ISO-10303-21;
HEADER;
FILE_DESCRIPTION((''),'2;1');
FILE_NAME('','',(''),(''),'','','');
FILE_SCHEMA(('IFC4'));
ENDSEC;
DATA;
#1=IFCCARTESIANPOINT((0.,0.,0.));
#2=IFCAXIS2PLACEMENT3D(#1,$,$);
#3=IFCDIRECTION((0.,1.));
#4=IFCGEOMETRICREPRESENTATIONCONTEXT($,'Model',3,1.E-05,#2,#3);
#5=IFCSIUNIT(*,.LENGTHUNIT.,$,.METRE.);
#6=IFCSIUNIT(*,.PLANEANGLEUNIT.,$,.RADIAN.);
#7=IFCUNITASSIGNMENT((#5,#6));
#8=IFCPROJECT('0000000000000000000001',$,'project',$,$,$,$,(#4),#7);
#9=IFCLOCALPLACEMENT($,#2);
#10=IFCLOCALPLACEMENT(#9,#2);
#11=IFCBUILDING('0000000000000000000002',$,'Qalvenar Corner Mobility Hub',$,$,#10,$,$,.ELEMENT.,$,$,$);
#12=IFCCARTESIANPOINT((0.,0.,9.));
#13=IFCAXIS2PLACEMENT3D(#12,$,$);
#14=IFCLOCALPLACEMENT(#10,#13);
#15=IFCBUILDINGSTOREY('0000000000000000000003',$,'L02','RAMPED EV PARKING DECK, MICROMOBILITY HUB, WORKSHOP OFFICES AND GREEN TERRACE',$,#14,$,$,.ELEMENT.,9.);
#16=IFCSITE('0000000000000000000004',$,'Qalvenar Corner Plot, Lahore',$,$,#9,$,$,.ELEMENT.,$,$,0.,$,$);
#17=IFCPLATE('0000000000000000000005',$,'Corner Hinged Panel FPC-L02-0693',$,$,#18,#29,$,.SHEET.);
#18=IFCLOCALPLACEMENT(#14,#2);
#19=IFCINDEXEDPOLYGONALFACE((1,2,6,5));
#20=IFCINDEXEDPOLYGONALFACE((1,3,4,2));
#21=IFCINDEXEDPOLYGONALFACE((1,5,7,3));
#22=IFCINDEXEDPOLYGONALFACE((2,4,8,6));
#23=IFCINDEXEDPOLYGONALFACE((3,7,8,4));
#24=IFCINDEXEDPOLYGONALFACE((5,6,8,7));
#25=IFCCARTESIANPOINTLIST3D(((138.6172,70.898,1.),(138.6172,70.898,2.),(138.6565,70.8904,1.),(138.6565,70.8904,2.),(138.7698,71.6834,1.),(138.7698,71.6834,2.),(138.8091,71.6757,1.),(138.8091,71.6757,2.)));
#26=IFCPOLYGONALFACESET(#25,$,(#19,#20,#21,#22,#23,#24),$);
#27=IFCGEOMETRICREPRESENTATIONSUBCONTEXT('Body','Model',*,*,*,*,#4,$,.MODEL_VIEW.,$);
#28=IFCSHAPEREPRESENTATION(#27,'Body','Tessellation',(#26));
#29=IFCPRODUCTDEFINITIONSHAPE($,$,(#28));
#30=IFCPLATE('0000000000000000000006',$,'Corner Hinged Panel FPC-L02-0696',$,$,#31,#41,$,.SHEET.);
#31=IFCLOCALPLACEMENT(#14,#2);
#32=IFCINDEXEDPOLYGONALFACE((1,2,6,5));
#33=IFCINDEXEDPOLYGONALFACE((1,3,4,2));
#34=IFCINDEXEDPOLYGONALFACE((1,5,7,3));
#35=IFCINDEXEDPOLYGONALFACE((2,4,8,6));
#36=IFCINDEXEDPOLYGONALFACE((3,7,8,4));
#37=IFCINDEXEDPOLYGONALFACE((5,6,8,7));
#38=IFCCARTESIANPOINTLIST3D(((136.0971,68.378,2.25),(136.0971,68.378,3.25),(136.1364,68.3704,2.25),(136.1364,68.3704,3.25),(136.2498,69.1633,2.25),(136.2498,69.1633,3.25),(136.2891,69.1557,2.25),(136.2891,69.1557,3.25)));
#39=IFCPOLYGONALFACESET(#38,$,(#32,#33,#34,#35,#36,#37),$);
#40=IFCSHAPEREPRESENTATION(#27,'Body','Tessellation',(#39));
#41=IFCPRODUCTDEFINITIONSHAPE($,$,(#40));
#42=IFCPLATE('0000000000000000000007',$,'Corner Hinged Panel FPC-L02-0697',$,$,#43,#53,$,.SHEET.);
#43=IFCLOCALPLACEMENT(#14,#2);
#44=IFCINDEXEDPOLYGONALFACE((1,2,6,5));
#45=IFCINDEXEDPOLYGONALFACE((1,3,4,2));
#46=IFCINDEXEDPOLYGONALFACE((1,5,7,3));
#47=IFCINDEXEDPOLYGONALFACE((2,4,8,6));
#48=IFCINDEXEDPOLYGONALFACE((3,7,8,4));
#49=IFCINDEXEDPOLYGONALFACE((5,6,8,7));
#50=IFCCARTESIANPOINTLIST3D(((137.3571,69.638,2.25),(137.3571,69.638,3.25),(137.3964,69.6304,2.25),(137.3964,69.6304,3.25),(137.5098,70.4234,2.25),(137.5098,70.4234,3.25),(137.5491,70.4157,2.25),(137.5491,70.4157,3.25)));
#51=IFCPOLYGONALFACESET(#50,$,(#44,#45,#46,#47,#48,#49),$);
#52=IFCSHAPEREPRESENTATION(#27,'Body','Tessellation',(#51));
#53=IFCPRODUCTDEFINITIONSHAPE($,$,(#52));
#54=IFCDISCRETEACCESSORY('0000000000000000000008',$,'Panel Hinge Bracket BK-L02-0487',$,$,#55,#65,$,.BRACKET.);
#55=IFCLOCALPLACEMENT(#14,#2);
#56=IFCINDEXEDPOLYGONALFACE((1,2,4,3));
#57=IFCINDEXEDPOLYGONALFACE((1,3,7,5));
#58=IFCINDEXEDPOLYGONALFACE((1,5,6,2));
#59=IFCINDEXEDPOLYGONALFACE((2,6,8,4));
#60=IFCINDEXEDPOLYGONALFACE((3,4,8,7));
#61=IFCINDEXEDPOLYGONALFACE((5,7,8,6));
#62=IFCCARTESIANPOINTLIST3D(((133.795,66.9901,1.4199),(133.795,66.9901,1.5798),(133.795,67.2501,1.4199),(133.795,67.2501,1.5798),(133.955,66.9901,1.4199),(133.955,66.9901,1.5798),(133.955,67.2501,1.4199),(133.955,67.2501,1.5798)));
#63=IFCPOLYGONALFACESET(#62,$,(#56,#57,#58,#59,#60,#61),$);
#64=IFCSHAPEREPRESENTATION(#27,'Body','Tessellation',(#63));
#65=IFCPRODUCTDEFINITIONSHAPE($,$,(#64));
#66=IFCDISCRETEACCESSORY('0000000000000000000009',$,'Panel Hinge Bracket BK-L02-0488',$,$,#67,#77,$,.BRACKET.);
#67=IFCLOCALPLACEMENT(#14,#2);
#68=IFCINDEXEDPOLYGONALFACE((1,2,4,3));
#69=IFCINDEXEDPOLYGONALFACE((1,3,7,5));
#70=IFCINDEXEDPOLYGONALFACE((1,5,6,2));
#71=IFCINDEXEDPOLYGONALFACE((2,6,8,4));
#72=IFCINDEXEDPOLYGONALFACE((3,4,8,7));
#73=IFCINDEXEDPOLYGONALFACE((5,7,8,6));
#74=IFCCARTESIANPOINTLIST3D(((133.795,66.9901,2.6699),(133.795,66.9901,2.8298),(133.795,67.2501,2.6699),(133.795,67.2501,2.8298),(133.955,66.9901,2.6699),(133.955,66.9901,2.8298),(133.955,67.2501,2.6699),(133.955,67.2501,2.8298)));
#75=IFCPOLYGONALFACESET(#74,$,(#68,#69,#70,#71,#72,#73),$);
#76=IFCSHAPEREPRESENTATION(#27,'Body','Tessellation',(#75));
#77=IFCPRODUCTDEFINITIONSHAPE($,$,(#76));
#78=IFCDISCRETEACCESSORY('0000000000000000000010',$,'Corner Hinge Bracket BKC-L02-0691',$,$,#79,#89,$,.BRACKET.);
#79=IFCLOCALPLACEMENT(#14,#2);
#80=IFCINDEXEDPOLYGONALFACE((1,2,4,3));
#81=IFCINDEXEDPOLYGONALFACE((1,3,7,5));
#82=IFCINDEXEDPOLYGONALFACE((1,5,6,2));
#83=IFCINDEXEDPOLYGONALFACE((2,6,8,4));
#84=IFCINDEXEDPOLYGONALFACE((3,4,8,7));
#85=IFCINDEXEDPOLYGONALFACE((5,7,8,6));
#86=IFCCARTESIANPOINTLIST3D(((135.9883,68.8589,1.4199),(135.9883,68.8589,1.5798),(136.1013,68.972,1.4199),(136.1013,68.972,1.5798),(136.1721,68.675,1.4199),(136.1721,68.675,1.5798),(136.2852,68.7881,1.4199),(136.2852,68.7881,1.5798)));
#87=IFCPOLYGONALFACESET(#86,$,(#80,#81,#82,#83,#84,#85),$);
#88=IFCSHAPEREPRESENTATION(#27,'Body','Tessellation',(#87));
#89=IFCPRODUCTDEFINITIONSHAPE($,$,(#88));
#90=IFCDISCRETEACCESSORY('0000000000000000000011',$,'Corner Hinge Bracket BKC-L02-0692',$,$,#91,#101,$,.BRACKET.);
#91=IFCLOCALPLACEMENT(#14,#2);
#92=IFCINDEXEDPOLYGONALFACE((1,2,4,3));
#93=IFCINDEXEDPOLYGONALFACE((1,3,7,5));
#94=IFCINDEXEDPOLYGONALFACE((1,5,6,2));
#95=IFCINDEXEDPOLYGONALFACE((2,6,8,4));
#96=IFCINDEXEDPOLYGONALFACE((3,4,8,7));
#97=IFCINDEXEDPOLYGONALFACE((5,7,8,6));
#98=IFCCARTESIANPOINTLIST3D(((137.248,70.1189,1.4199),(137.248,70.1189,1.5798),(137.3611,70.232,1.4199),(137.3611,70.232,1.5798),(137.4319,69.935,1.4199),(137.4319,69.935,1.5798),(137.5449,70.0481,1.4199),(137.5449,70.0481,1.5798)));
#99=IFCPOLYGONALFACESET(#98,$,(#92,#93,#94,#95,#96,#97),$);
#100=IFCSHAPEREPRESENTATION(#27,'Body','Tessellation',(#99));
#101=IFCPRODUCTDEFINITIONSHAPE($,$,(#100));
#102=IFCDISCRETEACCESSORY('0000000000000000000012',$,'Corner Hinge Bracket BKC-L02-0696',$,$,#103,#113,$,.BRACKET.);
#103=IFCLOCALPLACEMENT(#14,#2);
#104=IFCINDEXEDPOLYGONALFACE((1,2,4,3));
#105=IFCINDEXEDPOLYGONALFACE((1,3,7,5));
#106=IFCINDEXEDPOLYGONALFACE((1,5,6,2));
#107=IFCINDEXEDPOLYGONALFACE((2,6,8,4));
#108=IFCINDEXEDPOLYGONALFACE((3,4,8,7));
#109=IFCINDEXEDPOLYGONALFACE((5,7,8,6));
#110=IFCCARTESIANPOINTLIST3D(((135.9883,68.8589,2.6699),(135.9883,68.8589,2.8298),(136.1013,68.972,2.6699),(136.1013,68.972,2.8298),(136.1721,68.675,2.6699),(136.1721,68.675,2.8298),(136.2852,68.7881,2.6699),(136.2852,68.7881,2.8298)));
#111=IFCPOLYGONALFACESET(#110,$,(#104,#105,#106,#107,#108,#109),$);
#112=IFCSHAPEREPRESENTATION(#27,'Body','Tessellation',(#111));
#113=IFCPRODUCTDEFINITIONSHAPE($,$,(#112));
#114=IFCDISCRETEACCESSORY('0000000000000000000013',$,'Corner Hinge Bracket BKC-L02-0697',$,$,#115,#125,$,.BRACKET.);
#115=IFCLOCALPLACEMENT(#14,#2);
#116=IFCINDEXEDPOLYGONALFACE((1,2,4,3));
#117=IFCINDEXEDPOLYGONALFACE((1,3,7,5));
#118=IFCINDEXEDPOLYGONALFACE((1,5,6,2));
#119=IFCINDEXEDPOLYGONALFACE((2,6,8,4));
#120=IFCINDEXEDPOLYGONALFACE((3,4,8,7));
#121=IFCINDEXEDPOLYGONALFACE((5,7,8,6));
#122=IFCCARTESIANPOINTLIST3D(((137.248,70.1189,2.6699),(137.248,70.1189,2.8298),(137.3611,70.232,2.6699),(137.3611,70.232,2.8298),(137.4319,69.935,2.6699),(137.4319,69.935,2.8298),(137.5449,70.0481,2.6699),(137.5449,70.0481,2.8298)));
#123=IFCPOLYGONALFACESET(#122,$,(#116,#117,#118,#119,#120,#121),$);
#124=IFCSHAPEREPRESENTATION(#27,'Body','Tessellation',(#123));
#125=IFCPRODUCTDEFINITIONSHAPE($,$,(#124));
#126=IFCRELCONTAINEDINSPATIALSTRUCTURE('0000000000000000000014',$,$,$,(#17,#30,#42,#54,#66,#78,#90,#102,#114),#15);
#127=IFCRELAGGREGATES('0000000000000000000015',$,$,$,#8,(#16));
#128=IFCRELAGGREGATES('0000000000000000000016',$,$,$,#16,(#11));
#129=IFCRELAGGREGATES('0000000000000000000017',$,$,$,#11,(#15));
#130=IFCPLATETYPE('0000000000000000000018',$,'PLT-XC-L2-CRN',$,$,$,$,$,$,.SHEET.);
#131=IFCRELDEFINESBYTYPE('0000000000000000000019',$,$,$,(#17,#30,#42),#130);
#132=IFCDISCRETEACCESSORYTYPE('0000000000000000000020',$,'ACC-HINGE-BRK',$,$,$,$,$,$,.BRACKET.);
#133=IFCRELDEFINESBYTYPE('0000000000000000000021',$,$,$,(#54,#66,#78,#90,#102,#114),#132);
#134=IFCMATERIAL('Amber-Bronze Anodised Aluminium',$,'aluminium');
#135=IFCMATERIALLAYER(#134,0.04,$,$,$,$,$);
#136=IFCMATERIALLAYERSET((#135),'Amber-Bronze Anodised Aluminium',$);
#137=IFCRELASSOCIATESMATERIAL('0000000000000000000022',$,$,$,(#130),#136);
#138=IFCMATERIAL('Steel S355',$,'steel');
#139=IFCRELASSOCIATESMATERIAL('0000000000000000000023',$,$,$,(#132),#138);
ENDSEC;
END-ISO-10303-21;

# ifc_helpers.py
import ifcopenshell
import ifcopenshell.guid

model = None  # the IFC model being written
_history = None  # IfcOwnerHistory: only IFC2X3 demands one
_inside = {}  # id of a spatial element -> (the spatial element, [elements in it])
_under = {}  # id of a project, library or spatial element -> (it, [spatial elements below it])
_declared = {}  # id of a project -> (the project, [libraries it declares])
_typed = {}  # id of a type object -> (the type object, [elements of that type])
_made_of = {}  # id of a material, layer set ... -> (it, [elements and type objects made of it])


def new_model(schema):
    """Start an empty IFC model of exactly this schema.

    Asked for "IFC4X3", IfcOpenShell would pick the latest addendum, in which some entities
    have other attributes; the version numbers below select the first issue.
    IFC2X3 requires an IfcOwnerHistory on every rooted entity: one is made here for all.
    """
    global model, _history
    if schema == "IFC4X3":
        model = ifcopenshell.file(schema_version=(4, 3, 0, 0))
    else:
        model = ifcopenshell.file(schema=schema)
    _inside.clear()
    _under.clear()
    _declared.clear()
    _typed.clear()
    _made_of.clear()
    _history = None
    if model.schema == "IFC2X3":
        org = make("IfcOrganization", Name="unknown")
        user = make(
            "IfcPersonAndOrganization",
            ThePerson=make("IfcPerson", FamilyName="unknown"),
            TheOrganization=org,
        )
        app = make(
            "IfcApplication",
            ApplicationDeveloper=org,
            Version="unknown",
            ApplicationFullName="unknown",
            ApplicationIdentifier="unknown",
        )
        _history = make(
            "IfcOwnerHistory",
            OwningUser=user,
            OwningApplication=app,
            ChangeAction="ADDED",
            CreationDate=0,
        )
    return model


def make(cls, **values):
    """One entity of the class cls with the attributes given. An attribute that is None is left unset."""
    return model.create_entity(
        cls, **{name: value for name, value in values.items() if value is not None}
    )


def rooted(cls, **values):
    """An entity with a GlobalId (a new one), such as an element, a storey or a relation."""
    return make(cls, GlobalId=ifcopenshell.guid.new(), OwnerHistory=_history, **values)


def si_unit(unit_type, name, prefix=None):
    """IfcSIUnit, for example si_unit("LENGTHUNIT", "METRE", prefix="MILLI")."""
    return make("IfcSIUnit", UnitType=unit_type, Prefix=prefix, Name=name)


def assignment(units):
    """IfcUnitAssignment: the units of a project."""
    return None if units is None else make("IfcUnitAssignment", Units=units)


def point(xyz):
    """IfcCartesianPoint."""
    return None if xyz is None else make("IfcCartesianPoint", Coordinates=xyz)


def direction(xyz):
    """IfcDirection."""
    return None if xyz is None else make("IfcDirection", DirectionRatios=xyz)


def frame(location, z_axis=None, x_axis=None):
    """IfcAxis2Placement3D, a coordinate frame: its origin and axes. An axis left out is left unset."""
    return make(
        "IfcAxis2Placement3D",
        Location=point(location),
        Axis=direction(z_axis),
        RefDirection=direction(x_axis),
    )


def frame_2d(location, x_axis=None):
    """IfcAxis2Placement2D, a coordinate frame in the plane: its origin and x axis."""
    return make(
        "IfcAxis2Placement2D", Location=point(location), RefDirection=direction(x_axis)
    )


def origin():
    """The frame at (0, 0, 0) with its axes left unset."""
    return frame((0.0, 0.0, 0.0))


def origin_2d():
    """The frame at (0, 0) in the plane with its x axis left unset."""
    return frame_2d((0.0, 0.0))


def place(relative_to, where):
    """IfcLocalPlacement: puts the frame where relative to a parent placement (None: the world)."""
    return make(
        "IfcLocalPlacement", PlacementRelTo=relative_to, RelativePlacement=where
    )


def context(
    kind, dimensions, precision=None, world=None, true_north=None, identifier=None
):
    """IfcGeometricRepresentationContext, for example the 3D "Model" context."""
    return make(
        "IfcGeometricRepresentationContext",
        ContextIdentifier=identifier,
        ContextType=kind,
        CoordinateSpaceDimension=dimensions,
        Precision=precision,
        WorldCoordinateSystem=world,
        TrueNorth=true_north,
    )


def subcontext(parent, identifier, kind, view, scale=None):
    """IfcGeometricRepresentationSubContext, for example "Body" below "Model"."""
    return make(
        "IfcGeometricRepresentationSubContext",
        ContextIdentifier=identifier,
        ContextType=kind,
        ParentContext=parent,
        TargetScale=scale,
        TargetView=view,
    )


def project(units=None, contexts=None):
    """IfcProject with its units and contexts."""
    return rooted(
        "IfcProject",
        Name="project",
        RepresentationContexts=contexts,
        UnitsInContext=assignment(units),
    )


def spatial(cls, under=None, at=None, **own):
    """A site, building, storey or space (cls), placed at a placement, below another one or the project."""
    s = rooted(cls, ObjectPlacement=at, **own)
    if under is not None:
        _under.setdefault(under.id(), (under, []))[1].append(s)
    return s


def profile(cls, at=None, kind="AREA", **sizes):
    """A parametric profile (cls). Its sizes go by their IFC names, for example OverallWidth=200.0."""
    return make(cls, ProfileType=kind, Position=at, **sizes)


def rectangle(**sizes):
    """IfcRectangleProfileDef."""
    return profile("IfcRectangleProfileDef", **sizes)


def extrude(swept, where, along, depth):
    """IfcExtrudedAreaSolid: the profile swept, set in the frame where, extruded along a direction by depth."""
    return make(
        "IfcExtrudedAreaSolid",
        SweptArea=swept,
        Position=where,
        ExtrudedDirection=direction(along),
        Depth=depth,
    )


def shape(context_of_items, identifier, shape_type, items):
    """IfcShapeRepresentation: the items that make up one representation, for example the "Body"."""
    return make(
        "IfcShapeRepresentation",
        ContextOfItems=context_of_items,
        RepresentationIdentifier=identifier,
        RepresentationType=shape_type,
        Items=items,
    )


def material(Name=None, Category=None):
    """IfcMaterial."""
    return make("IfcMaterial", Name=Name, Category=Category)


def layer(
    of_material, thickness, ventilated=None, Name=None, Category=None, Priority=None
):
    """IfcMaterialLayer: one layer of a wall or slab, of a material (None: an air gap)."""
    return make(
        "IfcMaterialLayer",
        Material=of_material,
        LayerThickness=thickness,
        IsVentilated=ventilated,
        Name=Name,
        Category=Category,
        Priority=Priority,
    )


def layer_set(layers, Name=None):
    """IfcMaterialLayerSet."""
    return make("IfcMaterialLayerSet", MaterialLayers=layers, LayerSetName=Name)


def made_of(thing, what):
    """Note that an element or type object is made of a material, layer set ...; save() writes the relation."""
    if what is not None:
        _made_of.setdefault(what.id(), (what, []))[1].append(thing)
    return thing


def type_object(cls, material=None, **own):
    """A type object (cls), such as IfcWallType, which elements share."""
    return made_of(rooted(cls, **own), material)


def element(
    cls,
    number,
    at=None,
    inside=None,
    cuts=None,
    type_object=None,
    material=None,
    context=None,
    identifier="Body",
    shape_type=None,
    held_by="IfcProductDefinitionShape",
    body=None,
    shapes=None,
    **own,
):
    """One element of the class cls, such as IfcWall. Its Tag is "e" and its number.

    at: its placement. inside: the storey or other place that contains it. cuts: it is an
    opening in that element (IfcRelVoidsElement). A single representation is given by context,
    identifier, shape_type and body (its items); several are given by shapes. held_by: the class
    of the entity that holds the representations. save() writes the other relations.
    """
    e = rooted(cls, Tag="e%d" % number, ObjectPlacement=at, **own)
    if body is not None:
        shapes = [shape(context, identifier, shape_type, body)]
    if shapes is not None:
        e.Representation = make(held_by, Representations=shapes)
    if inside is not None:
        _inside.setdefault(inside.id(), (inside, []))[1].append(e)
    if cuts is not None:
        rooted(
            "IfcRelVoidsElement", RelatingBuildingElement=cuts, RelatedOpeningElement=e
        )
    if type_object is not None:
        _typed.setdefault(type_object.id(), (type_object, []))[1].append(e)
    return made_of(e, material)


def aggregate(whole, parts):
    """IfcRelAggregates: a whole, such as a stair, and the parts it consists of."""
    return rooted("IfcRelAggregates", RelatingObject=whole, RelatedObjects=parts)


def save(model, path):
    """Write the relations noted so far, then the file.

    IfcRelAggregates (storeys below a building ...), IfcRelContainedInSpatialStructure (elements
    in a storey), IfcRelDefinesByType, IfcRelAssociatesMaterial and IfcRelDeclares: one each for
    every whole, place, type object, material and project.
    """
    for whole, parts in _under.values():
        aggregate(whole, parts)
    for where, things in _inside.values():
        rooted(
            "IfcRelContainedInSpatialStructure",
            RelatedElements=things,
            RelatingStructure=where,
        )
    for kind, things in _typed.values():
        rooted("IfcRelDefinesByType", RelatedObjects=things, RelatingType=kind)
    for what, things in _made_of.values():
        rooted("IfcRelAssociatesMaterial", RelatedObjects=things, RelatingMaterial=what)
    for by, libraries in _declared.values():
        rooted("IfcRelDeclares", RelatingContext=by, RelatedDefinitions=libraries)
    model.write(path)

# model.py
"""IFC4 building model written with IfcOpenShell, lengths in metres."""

from ifc_helpers import new_model, si_unit, direction, frame, origin, origin_2d, place, context, subcontext, project, spatial, rectangle, extrude, material, layer, layer_set, type_object, element, save


model = new_model("IFC4")

# Units and contexts
model_context = context("Model", 3, precision=1e-05, world=origin(), true_north=direction((0.0, 1.0)))
body_context = subcontext(model_context, "Body", "Model", "MODEL_VIEW")
ifc_project = project(units=[si_unit("LENGTHUNIT", "METRE"), si_unit("PLANEANGLEUNIT", "RADIAN")], contexts=[model_context])

# Site, building, storey
site_placement = place(None, origin())
site = spatial("IfcSite", under=ifc_project, at=site_placement, Name="Qalvenar Corner Plot, Lahore", CompositionType="ELEMENT", RefElevation=0.0)
building_placement = place(site_placement, origin())
building = spatial("IfcBuilding", under=site, at=building_placement, Name="Qalvenar Corner Mobility Hub", CompositionType="ELEMENT")
storey_placement = place(building_placement, frame((0.0, 0.0, 9.0)))
storey = spatial("IfcBuildingStorey", under=building, at=storey_placement, Name="L02", Description="RAMPED EV PARKING DECK, MICROMOBILITY HUB, WORKSHOP OFFICES AND GREEN TERRACE", CompositionType="ELEMENT", Elevation=9.0)

# Shared definitions
ifc_material_1 = material(Name="Steel S355", Category="steel")

# Plates
ifc_material_2 = material(Name="Amber-Bronze Anodised Aluminium", Category="aluminium")
ifc_layer_1 = layer(ifc_material_2, 0.04)
ifc_layer_set_1 = layer_set([ifc_layer_1], Name="Amber-Bronze Anodised Aluminium")
plate_type_1 = type_object("IfcPlateType", Name="PLT-XC-L2-CRN", PredefinedType="SHEET", material=ifc_layer_set_1)
for number, where, z_axis, x_axis, name in (
    (1, (138.7131, 71.2869, 1.0), (0.0, 0.0, 1.0), (0.190809, 0.981627, 0.0), "Corner Hinged Panel FPC-L02-0693"),
    (2, (136.1931, 68.7668, 2.25), (0.0, 0.0, 1.0), (0.190809, 0.981627, 0.0), "Corner Hinged Panel FPC-L02-0696"),
    (3, (137.4531, 70.0269, 2.25), (0.0, 0.0, 1.0), (0.190809, 0.981627, 0.0), "Corner Hinged Panel FPC-L02-0697"),
):
    element("IfcPlate", number, at=place(storey_placement, frame(where, z_axis=z_axis, x_axis=x_axis)), inside=storey, type_object=plate_type_1, Name=name, PredefinedType="SHEET", context=body_context, shape_type="SweptSolid", body=[
        extrude(rectangle(XDim=0.8, YDim=0.04, at=origin_2d()), origin(), (0.0, 0.0, 1.0), 1.0),
    ])

# Discrete accessories
discrete_accessory_type = type_object("IfcDiscreteAccessoryType", Name="ACC-HINGE-BRK", PredefinedType="BRACKET", material=ifc_material_1)
for number, where, z_axis, x_axis, name in (
    (4, (133.875, 67.1201, 1.4199), (0.0, 0.0, 1.0), (1.0, 0.0, 0.0), "Panel Hinge Bracket BK-L02-0487"),
    (5, (133.875, 67.1201, 2.6699), (0.0, 0.0, 1.0), (1.0, 0.0, 0.0), "Panel Hinge Bracket BK-L02-0488"),
    (6, (136.1367, 68.8235, 1.4199), (0.0, 0.0, 1.0), (0.707107, 0.707107, 0.0), "Corner Hinge Bracket BKC-L02-0691"),
    (7, (137.3965, 70.0835, 1.4199), (0.0, 0.0, 1.0), (0.707107, 0.707107, 0.0), "Corner Hinge Bracket BKC-L02-0692"),
    (8, (136.1367, 68.8235, 2.6699), (0.0, 0.0, 1.0), (0.707107, 0.707107, 0.0), "Corner Hinge Bracket BKC-L02-0696"),
    (9, (137.3965, 70.0835, 2.6699), (0.0, 0.0, 1.0), (0.707107, 0.707107, 0.0), "Corner Hinge Bracket BKC-L02-0697"),
):
    element("IfcDiscreteAccessory", number, at=place(storey_placement, frame(where, z_axis=z_axis, x_axis=x_axis)), inside=storey, type_object=discrete_accessory_type, Name=name, PredefinedType="BRACKET", context=body_context, shape_type="SweptSolid", body=[
        extrude(rectangle(XDim=0.1599, YDim=0.26, at=origin_2d()), origin(), (0.0, 0.0, 1.0), 0.1599),
    ])

save(model, "model.ifc")
